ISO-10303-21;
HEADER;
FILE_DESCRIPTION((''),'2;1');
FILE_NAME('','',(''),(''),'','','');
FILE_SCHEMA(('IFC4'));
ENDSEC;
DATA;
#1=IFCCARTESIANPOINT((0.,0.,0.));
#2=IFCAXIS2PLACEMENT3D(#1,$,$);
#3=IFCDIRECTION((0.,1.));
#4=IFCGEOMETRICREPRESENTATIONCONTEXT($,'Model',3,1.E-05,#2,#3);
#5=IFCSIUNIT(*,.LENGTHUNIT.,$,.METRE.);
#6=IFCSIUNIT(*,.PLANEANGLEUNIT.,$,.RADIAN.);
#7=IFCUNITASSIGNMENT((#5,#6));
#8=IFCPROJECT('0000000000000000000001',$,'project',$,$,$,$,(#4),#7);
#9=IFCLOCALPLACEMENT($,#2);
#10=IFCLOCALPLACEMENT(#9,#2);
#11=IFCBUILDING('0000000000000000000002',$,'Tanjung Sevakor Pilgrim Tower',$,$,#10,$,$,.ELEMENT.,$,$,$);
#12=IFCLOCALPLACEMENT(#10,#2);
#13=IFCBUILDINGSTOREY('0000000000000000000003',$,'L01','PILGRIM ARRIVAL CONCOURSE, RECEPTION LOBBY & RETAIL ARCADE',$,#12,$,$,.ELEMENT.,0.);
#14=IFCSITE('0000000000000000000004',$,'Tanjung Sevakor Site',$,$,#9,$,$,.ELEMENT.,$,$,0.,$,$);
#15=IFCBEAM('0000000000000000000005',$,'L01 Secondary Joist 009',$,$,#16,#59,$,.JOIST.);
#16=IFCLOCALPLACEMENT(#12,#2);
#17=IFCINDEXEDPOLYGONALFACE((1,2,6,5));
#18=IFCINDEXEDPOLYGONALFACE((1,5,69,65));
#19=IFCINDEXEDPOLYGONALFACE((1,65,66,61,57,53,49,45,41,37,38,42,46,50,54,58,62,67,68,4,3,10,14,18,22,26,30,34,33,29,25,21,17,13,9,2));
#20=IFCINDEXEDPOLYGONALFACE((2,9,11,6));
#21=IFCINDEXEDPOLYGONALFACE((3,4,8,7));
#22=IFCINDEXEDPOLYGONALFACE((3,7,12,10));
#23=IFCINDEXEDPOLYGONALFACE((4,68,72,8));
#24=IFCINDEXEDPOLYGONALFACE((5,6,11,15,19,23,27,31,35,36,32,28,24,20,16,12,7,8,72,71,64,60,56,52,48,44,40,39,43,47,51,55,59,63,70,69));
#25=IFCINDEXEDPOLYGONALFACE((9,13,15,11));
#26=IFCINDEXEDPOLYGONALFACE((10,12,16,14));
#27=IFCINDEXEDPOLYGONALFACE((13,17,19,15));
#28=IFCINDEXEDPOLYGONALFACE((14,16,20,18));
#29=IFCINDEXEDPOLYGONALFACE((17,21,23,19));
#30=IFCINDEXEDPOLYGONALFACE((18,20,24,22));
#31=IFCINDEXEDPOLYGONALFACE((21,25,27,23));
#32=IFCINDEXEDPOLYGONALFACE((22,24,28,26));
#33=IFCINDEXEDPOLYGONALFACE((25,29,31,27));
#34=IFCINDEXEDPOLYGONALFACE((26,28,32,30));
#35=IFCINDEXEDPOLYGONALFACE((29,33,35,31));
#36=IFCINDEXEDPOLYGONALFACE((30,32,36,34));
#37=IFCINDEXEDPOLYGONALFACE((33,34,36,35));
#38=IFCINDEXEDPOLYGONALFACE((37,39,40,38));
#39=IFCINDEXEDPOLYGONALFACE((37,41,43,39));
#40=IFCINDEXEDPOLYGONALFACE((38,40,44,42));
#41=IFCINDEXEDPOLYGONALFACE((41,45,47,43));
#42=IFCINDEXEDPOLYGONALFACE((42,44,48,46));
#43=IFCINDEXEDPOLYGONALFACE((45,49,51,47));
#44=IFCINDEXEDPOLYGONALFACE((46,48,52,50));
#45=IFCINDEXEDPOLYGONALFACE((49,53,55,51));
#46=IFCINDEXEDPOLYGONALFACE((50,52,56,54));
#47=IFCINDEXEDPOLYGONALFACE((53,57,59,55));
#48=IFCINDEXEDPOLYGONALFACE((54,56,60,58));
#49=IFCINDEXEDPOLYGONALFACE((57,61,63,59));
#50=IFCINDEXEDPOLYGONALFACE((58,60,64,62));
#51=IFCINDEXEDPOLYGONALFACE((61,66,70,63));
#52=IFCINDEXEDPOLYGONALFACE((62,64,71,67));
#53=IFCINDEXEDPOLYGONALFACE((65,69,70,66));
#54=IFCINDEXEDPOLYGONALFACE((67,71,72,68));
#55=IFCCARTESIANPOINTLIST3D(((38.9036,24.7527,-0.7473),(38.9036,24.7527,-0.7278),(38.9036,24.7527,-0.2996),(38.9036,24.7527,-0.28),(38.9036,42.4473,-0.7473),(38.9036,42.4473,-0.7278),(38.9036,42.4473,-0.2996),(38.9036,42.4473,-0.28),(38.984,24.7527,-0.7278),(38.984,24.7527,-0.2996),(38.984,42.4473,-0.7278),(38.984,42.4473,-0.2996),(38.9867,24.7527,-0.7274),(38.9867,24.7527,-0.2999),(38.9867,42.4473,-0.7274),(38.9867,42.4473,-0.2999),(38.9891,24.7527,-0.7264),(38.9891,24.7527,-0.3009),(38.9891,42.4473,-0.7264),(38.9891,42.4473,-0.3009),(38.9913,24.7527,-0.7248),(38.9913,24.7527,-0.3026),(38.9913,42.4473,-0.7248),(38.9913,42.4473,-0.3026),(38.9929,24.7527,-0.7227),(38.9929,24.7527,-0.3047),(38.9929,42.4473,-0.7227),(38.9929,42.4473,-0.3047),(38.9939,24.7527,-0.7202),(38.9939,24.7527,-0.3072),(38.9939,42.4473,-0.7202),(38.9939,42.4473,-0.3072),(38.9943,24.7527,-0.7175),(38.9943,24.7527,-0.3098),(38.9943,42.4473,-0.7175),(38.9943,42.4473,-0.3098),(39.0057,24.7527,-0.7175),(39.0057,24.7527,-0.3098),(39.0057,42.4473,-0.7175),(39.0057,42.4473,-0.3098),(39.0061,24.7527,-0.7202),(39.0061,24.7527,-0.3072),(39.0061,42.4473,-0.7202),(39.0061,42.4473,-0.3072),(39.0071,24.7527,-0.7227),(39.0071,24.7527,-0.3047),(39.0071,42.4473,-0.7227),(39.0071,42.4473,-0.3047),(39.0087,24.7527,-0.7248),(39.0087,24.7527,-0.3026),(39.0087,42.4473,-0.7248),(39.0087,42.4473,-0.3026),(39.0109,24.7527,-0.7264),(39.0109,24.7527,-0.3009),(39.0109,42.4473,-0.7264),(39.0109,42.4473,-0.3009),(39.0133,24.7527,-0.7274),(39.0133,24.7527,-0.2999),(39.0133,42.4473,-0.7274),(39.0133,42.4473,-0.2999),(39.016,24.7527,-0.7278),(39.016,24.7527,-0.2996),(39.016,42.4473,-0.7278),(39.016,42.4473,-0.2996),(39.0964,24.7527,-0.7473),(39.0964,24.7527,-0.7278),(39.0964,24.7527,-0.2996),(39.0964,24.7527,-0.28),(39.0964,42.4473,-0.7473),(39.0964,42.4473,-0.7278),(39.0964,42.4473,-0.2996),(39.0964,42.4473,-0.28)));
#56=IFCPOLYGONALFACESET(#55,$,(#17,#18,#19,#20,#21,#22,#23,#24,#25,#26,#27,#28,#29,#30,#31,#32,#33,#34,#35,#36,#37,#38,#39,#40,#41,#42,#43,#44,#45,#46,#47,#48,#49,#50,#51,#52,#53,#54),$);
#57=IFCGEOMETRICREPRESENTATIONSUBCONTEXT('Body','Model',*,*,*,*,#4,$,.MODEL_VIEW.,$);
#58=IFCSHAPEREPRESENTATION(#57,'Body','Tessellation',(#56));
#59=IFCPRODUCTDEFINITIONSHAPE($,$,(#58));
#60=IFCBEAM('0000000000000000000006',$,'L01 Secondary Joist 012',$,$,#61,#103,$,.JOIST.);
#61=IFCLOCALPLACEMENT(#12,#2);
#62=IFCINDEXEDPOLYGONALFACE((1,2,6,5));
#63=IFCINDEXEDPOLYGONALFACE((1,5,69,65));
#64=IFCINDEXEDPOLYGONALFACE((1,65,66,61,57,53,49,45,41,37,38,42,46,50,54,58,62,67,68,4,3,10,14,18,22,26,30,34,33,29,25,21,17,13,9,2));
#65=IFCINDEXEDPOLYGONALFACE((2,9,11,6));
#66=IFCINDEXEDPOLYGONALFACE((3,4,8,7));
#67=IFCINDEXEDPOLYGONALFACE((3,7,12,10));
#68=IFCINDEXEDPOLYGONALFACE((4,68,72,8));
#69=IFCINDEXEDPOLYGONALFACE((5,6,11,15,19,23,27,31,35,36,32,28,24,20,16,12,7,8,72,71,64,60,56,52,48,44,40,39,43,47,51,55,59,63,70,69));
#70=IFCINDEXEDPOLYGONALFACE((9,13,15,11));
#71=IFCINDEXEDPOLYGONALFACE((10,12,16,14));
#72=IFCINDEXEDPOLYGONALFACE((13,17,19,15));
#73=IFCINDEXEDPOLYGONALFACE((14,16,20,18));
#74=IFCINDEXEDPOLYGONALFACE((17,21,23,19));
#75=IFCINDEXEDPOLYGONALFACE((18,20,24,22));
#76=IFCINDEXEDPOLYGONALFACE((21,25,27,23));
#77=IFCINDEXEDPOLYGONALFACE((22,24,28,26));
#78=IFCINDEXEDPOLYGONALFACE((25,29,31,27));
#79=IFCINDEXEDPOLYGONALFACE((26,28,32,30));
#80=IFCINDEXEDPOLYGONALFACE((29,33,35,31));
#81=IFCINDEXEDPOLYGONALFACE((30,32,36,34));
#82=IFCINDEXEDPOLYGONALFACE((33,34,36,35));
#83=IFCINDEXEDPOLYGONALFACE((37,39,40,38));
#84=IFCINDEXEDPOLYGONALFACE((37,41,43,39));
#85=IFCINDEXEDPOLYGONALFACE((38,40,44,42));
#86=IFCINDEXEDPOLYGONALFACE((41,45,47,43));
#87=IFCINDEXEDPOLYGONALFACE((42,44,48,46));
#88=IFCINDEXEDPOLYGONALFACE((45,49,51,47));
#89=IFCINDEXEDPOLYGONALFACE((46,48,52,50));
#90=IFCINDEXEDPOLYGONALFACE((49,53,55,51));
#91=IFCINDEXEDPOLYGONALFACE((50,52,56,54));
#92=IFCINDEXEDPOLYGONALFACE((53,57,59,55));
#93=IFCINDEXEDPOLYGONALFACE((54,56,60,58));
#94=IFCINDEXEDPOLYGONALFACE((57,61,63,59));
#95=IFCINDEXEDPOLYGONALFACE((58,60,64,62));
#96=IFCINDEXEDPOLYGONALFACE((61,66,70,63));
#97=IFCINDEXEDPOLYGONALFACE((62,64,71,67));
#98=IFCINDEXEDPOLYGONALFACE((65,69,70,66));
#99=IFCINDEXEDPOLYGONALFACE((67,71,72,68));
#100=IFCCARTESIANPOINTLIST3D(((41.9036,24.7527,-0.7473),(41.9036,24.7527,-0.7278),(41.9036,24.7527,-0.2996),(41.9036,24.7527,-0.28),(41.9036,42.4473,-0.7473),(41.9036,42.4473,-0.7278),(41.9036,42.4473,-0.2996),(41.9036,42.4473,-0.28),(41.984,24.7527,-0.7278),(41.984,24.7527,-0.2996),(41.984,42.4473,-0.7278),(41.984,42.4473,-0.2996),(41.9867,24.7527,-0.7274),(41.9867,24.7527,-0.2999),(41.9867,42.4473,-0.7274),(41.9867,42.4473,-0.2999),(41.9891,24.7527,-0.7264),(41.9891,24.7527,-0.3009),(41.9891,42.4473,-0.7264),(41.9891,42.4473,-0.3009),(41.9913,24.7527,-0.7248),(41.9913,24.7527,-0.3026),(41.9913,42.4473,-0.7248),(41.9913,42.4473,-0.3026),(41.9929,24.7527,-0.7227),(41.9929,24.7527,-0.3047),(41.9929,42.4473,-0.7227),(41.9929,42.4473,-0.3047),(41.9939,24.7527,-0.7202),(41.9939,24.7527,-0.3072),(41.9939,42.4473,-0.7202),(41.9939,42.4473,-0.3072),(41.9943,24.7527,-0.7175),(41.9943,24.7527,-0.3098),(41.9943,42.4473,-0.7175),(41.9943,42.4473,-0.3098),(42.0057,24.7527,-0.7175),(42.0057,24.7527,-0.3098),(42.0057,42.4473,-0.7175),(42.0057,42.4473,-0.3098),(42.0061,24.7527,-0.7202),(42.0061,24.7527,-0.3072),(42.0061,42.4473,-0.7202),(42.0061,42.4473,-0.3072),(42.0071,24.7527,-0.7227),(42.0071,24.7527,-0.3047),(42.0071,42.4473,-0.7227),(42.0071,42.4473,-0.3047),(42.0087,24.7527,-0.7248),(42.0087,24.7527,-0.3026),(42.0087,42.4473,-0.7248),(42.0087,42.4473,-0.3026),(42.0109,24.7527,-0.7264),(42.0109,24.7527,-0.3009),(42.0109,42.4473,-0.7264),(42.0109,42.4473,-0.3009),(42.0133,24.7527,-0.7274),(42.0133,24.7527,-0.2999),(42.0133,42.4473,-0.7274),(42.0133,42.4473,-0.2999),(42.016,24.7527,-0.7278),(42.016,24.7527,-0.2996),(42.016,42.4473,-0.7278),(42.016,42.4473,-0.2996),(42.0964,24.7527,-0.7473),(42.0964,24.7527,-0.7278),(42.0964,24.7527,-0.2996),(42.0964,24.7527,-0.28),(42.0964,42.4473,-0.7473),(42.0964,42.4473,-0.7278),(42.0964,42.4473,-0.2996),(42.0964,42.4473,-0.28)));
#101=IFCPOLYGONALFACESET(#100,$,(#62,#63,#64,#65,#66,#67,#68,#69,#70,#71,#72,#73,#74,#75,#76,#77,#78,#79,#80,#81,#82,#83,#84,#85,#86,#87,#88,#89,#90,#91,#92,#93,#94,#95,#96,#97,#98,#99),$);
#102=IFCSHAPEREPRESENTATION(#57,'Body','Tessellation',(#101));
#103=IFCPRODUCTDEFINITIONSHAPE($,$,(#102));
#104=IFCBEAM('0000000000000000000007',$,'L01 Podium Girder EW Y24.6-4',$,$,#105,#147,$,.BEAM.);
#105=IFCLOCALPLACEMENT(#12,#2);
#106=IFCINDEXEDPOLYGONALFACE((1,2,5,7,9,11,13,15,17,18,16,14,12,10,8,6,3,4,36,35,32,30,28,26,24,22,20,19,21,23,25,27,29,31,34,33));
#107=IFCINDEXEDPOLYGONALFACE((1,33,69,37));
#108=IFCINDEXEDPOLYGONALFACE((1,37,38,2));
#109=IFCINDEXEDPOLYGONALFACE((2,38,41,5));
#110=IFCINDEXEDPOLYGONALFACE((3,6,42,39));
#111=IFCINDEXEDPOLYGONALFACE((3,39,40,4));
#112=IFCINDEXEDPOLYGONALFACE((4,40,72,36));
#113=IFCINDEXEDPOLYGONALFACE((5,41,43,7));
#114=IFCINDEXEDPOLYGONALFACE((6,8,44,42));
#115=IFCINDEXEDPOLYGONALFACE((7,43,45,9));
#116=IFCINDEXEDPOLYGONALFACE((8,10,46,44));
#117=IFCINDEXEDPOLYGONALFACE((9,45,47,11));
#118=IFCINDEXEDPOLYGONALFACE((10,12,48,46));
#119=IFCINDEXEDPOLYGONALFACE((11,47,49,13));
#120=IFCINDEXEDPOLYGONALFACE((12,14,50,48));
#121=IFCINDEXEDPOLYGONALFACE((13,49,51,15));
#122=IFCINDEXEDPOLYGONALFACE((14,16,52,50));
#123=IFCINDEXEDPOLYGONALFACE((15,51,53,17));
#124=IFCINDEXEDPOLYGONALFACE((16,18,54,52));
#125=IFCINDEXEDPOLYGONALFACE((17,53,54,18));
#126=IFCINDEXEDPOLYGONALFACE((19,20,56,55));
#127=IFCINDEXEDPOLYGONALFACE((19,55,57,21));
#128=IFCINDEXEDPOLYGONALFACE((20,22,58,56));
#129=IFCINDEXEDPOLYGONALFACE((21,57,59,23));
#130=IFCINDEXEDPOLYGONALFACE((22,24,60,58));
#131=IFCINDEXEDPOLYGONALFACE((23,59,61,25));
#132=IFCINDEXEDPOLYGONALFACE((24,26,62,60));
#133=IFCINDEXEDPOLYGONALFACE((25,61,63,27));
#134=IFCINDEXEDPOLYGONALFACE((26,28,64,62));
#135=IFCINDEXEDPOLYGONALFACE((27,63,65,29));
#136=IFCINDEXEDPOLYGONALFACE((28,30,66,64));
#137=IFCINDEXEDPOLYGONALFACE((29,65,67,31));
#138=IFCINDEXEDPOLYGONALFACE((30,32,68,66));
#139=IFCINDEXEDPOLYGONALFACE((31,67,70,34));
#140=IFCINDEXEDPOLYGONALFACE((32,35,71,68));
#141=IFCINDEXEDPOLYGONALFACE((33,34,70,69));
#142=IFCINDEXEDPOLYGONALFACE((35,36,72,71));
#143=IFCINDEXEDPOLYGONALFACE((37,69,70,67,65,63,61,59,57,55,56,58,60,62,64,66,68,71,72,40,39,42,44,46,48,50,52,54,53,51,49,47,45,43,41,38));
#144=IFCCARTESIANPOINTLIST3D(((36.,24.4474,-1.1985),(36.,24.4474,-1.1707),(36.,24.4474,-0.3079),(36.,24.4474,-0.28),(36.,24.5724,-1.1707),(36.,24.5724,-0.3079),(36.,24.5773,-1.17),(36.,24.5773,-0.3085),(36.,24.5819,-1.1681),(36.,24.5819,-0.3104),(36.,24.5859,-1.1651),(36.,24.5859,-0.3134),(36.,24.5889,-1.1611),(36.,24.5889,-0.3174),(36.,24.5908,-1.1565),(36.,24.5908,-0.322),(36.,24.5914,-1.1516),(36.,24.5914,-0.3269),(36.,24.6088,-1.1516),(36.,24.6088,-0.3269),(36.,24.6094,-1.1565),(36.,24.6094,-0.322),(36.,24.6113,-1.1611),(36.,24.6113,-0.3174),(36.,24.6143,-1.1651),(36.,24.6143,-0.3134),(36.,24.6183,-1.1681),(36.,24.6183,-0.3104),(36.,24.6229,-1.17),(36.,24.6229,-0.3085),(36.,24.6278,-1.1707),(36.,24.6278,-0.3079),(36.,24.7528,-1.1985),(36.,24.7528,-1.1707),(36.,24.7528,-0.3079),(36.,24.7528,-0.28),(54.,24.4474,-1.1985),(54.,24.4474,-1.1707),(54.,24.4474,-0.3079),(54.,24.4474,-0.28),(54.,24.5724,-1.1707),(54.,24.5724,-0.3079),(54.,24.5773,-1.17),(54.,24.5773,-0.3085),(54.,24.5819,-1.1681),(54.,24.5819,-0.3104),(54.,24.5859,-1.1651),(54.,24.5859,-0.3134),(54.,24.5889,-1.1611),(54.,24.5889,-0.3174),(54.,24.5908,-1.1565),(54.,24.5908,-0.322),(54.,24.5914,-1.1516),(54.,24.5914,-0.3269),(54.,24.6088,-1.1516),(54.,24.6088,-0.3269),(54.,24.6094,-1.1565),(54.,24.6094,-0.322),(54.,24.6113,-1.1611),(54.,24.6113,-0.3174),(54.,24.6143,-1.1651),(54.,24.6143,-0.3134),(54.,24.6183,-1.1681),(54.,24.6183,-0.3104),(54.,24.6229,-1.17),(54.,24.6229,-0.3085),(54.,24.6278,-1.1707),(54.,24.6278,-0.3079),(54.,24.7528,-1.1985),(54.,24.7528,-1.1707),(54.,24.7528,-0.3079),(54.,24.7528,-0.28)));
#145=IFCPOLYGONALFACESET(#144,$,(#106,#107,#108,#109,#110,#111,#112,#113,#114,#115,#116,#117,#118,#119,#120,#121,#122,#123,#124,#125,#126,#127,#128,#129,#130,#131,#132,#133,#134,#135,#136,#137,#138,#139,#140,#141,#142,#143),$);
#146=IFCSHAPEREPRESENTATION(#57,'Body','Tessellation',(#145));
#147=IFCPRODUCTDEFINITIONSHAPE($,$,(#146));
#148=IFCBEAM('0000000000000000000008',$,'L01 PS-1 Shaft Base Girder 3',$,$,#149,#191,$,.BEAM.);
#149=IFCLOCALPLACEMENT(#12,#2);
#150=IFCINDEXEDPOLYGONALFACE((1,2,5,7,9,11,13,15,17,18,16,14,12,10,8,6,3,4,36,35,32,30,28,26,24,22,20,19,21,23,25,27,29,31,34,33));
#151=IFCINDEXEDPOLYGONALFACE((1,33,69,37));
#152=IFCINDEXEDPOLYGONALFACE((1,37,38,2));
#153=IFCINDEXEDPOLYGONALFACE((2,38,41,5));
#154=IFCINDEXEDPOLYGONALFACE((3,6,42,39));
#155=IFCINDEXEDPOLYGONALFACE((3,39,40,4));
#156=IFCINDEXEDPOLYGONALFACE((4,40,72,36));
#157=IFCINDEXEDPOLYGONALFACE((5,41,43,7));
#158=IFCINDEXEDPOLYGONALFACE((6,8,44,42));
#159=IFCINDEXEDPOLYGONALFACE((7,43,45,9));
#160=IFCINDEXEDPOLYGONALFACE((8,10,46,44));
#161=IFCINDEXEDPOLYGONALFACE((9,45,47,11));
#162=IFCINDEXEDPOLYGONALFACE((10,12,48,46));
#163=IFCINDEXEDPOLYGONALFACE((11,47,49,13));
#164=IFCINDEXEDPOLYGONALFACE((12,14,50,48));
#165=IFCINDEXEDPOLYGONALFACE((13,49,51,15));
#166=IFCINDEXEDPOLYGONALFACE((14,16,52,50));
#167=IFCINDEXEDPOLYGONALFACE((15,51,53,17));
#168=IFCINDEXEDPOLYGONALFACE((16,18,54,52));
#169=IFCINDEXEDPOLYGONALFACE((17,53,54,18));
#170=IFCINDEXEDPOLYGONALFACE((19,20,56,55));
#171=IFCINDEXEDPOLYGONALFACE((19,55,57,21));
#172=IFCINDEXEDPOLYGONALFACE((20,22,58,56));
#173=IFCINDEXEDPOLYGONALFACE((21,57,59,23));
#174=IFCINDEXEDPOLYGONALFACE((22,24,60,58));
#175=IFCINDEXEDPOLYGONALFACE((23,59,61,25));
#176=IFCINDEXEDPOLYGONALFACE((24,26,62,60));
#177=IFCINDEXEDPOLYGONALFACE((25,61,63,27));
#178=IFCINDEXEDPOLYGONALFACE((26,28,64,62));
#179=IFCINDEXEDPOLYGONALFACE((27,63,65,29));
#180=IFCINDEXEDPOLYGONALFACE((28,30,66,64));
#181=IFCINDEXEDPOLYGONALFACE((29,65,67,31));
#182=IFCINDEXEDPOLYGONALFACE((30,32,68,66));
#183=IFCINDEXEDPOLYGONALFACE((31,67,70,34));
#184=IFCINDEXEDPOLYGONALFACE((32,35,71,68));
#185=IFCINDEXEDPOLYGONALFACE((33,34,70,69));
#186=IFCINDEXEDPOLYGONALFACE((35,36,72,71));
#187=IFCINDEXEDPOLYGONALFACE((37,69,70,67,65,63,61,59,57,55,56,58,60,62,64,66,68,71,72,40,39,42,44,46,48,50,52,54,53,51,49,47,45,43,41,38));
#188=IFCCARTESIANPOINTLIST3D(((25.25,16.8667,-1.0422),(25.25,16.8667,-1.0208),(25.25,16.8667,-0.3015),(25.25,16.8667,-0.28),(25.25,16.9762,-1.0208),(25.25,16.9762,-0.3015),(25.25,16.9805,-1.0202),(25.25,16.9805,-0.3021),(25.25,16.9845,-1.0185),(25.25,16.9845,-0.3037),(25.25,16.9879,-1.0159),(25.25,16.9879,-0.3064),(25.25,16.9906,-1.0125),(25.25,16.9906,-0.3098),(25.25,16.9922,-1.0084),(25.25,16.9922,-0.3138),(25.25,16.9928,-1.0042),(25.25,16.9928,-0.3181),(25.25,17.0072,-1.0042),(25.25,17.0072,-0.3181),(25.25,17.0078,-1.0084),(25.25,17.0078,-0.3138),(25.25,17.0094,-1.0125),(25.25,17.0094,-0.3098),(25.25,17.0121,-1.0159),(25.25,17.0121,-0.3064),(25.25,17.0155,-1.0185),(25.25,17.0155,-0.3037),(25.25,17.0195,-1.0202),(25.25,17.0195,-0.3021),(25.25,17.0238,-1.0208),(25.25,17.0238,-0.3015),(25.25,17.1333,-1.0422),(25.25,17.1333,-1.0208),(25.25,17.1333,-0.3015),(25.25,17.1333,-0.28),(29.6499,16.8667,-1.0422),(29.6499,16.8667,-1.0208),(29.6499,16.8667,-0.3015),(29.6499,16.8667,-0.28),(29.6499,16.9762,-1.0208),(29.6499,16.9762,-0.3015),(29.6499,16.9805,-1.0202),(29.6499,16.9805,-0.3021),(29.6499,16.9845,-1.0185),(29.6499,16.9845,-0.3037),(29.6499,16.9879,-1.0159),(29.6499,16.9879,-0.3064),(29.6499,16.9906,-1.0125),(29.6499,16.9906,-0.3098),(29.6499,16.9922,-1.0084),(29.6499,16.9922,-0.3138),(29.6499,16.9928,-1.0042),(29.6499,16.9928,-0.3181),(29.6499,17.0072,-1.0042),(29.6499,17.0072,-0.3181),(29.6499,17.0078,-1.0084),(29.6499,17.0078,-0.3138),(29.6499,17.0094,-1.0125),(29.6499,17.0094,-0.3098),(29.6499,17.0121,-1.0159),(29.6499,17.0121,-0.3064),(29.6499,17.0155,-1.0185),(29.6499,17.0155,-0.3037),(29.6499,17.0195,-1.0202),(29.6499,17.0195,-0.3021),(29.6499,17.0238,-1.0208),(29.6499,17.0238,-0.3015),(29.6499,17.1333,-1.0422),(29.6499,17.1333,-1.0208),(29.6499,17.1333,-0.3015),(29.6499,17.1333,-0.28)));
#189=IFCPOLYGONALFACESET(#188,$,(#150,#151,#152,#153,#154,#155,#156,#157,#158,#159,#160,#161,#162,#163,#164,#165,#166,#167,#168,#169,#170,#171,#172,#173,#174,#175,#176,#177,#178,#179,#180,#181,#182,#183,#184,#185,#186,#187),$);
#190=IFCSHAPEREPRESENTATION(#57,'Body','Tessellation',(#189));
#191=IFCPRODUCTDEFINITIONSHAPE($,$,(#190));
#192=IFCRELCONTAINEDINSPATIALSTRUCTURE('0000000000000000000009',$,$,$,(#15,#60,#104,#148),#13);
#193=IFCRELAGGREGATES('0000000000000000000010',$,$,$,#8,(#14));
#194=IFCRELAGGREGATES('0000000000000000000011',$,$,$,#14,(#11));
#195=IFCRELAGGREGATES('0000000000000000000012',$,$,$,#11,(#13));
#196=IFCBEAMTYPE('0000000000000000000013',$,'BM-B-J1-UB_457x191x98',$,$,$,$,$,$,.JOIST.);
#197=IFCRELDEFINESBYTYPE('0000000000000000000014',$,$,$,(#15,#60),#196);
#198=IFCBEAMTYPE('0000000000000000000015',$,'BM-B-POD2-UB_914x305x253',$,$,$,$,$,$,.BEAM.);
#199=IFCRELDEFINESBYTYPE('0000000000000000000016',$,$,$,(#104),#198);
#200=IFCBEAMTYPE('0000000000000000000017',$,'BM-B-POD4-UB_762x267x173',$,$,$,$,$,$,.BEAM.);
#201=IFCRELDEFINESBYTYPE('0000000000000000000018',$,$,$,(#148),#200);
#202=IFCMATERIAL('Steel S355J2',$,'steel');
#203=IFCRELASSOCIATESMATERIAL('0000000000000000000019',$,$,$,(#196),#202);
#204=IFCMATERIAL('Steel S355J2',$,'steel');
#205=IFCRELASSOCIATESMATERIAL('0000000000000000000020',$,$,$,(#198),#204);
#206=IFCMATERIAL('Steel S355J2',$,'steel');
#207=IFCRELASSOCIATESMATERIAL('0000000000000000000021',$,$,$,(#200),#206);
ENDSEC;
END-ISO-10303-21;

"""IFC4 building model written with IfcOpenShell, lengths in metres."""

from ifc_helpers import new_model, si_unit, direction, frame, origin, origin_2d, place, context, subcontext, project, spatial, i_section, extrude, material, material_profile, profile_set, type_object, element, save


model = new_model("IFC4")

# Units and contexts
model_context = context("Model", 3, precision=1e-05, world=origin(), true_north=direction((0.0, 1.0)))
body_context = subcontext(model_context, "Body", "Model", "MODEL_VIEW")
ifc_project = project(units=[si_unit("LENGTHUNIT", "METRE"), si_unit("PLANEANGLEUNIT", "RADIAN")], contexts=[model_context])

# Site, building, storey
site_placement = place(None, origin())
site = spatial("IfcSite", under=ifc_project, at=site_placement, Name="Tanjung Sevakor Site", CompositionType="ELEMENT", RefElevation=0.0)
building_placement = place(site_placement, origin())
building = spatial("IfcBuilding", under=site, at=building_placement, Name="Tanjung Sevakor Pilgrim Tower", CompositionType="ELEMENT")
storey_placement = place(building_placement, origin())
storey = spatial("IfcBuildingStorey", under=building, at=storey_placement, Name="L01", Description="PILGRIM ARRIVAL CONCOURSE, RECEPTION LOBBY & RETAIL ARCADE", CompositionType="ELEMENT", Elevation=0.0)

# Beams
ifc_material_1 = material(Name="Steel S355J2", Category="steel")
ifc_material_profile_1 = material_profile(ifc_material_1, i_section(OverallWidth=0.1929, OverallDepth=0.4673, WebThickness=0.0115, FlangeThickness=0.0195, FilletRadius=0.0103, at=origin_2d()))
ifc_profile_set_1 = profile_set([ifc_material_profile_1], Name="Steel S355J2")
beam_type_1 = type_object("IfcBeamType", Name="BM-B-J1-UB_457x191x98", PredefinedType="JOIST", material=ifc_profile_set_1)
for number, where, z_axis, x_axis, name in (
    (1, (39.0, 24.7527, -0.5137), (0.0, 1.0, 0.0), (-1.0, 0.0, 0.0), "L01 Secondary Joist 009"),
    (2, (42.0, 24.7527, -0.5137), (0.0, 1.0, 0.0), (-1.0, 0.0, 0.0), "L01 Secondary Joist 012"),
):
    element("IfcBeam", number, at=place(storey_placement, frame(where, z_axis=z_axis, x_axis=x_axis)), inside=storey, type_object=beam_type_1, Name=name, PredefinedType="JOIST", context=body_context, shape_type="SweptSolid", body=[
        extrude(i_section(OverallWidth=0.1929, OverallDepth=0.4673, WebThickness=0.0115, FlangeThickness=0.0195, FilletRadius=0.0103, at=origin_2d()), origin(), (0.0, 0.0, 1.0), 17.6946),
    ])
ifc_material_2 = material(Name="Steel S355J2", Category="steel")
ifc_material_profile_2 = material_profile(ifc_material_2, i_section(OverallWidth=0.3054, OverallDepth=0.9185, WebThickness=0.0173, FlangeThickness=0.0278, FilletRadius=0.019, at=origin_2d()))
ifc_profile_set_2 = profile_set([ifc_material_profile_2], Name="Steel S355J2")
beam_type_2 = type_object("IfcBeamType", Name="BM-B-POD2-UB_914x305x253", PredefinedType="BEAM", material=ifc_profile_set_2)
beam_1_placement = place(storey_placement, frame((36.0, 24.6001, -0.7393), z_axis=(1.0, 0.0, 0.0), x_axis=(0.0, 1.0, 0.0)))
element("IfcBeam", 3, at=beam_1_placement, inside=storey, type_object=beam_type_2, Name="L01 Podium Girder EW Y24.6-4", PredefinedType="BEAM", context=body_context, shape_type="SweptSolid", body=[
    extrude(i_section(OverallWidth=0.3054, OverallDepth=0.9185, WebThickness=0.0173, FlangeThickness=0.0278, FilletRadius=0.019, at=origin_2d()), origin(), (0.0, 0.0, 1.0), 18.0),
])
ifc_material_3 = material(Name="Steel S355J2", Category="steel")
ifc_material_profile_3 = material_profile(ifc_material_3, i_section(OverallWidth=0.2666, OverallDepth=0.7622, WebThickness=0.0144, FlangeThickness=0.0215, FilletRadius=0.0166, at=origin_2d()))
ifc_profile_set_3 = profile_set([ifc_material_profile_3], Name="Steel S355J2")
beam_type_3 = type_object("IfcBeamType", Name="BM-B-POD4-UB_762x267x173", PredefinedType="BEAM", material=ifc_profile_set_3)
beam_2_placement = place(storey_placement, frame((29.6499, 17.0, -0.6611), z_axis=(-1.0, 0.0, 0.0), x_axis=(0.0, -1.0, 0.0)))
element("IfcBeam", 4, at=beam_2_placement, inside=storey, type_object=beam_type_3, Name="L01 PS-1 Shaft Base Girder 3", PredefinedType="BEAM", context=body_context, shape_type="SweptSolid", body=[
    extrude(i_section(OverallWidth=0.2666, OverallDepth=0.7622, WebThickness=0.0144, FlangeThickness=0.0215, FilletRadius=0.0166, at=origin_2d()), origin(), (0.0, 0.0, 1.0), 4.3999),
])

save(model, "model.ifc")
